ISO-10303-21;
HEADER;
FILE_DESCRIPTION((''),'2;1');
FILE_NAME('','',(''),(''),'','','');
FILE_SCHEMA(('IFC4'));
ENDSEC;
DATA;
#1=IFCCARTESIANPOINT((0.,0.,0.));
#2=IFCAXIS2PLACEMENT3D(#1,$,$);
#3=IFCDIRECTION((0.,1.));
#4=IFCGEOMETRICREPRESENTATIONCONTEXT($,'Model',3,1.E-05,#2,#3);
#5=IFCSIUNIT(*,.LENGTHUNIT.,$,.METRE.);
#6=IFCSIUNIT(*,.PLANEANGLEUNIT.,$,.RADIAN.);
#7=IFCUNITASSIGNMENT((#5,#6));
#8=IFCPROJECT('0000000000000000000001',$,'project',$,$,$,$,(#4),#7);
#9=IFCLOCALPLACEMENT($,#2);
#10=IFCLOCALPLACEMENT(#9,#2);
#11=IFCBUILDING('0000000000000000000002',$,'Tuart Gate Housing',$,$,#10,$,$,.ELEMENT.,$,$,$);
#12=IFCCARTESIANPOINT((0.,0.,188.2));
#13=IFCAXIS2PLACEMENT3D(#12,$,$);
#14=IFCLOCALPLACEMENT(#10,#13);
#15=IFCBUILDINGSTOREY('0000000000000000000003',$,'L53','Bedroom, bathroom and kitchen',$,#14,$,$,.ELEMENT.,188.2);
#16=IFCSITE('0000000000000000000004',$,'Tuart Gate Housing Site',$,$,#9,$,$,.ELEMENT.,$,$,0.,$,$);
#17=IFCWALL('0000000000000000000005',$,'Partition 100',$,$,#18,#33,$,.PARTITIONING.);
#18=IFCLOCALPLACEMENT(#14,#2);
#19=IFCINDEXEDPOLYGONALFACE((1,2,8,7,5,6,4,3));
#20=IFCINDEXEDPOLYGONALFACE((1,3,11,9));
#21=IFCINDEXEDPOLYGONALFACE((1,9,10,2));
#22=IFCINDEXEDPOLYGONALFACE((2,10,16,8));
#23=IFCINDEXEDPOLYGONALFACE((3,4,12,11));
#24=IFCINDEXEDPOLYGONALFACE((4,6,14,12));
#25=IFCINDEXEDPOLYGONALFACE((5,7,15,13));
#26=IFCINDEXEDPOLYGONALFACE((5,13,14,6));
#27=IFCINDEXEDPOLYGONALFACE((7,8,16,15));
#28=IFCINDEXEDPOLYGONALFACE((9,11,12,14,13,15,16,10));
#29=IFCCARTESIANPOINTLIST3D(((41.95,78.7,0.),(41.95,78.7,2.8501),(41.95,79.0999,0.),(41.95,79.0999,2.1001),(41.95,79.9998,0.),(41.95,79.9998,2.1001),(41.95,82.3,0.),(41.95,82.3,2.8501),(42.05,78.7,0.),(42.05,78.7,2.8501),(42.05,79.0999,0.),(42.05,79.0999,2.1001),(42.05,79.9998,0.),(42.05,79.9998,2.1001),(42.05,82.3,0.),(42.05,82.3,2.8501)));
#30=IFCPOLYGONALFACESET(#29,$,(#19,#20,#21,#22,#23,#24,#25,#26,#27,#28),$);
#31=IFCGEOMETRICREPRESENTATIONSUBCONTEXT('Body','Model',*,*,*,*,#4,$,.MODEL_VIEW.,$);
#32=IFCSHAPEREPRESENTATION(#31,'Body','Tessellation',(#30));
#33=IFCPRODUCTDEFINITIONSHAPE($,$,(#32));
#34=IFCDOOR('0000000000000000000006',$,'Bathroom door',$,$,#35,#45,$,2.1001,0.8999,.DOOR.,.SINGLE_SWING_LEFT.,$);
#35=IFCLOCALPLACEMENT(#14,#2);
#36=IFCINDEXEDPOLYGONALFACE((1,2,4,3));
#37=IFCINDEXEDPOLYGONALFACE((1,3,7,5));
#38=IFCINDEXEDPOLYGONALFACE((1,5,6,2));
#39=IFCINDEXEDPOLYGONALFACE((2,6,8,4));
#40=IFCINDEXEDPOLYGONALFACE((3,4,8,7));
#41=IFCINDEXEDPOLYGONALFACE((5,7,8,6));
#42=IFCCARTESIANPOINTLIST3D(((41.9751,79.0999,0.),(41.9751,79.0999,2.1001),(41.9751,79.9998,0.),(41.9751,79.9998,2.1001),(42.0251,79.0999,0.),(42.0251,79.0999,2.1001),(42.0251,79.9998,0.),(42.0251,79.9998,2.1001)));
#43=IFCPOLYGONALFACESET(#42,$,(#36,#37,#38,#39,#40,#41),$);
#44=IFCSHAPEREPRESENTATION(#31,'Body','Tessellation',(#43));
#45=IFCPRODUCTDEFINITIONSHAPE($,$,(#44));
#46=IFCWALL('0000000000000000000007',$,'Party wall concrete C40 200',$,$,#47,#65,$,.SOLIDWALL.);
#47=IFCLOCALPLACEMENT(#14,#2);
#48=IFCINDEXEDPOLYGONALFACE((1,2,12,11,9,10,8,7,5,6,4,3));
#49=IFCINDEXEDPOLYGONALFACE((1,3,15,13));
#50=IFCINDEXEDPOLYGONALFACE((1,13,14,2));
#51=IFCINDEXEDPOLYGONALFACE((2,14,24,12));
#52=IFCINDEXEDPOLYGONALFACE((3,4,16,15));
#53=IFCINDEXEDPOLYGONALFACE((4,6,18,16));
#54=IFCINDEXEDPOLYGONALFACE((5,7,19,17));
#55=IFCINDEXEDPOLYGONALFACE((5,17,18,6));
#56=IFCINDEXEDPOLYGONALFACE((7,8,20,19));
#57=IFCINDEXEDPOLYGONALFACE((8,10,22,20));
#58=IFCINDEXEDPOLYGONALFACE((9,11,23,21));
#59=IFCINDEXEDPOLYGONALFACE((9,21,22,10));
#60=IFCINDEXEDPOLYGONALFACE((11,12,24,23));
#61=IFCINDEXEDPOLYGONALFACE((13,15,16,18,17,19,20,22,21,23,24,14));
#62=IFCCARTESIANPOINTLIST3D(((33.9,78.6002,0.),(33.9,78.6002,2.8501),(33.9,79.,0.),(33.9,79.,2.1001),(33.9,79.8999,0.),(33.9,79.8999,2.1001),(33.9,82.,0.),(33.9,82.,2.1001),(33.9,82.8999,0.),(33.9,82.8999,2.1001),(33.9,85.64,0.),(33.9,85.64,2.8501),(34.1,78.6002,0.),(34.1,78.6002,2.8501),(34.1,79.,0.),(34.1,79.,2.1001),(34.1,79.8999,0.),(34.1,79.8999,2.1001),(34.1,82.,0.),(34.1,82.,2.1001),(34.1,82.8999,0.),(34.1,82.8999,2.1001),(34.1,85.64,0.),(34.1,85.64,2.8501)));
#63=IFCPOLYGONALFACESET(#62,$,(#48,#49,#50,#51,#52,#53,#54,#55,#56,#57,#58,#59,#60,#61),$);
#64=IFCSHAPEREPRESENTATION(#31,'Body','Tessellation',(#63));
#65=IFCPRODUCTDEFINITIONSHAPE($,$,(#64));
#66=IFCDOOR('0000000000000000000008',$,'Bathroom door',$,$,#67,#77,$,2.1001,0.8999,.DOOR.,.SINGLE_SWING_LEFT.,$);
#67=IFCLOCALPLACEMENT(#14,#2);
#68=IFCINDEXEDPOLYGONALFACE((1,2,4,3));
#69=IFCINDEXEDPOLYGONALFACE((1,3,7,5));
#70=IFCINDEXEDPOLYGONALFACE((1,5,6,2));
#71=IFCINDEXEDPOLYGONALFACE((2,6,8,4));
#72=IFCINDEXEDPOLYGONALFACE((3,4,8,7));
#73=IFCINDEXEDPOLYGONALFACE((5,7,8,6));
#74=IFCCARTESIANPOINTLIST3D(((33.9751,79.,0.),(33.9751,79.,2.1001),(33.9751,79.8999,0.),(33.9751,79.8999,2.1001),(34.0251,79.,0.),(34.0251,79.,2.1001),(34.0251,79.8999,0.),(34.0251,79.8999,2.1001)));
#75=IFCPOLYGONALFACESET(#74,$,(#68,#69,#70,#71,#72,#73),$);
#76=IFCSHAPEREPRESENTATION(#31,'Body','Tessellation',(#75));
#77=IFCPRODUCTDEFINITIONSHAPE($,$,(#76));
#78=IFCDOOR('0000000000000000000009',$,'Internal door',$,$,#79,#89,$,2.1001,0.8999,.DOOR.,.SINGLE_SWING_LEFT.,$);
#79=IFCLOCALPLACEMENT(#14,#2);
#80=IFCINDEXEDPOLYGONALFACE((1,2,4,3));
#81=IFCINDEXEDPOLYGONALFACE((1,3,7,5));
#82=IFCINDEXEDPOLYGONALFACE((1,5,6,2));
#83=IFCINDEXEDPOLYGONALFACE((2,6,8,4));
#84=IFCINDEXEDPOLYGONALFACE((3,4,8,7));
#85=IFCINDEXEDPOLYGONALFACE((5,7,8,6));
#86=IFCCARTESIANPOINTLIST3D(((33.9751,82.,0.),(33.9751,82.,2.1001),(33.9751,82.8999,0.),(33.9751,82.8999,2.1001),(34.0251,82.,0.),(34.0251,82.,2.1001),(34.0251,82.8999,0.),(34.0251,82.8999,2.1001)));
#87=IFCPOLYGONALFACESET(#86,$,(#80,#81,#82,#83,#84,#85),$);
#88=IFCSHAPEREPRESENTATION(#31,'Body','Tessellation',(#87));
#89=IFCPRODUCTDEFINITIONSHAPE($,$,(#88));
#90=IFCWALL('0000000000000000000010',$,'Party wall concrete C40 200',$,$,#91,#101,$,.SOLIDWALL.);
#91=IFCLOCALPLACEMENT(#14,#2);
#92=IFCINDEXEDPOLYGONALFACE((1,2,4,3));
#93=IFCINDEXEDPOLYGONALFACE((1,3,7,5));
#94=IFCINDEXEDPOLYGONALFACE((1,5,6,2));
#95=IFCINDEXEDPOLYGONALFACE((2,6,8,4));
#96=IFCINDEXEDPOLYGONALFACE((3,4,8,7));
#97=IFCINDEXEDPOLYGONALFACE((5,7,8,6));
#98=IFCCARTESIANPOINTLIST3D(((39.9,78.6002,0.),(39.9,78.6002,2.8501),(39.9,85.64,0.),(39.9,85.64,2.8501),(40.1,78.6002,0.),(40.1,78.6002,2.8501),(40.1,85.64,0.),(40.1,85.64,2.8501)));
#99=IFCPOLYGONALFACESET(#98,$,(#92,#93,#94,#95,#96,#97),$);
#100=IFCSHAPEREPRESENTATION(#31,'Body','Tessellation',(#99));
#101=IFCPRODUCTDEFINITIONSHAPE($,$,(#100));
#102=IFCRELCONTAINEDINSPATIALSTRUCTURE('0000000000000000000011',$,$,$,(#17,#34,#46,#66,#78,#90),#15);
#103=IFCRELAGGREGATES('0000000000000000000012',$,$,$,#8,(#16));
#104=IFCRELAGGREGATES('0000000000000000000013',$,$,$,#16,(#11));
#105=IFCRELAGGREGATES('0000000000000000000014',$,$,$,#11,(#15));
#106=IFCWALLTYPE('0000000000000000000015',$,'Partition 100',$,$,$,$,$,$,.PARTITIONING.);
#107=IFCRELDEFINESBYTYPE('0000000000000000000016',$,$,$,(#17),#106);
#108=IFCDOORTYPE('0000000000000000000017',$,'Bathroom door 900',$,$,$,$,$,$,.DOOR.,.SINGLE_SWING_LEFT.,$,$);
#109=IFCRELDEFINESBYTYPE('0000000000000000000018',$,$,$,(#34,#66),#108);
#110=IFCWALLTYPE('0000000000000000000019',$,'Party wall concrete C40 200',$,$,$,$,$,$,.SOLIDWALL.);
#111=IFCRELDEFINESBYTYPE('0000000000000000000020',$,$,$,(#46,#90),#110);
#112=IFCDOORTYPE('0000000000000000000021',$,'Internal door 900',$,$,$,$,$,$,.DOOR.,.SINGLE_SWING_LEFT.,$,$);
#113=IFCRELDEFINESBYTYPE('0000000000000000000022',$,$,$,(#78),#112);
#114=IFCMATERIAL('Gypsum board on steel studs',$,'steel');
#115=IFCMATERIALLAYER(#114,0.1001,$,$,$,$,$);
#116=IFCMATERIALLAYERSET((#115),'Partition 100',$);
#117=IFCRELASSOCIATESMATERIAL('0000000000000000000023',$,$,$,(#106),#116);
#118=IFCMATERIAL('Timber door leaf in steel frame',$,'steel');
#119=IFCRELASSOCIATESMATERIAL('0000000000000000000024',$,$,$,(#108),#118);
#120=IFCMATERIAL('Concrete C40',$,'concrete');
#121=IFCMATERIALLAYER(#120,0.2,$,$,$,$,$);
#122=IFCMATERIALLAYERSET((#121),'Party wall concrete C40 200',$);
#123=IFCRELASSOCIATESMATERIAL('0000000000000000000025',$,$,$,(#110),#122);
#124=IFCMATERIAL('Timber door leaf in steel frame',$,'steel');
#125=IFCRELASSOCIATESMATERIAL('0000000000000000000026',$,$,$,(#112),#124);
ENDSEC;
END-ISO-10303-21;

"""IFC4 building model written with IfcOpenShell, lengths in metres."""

from ifc_helpers import new_model, si_unit, direction, frame, frame_2d, origin, place, context, subcontext, project, spatial, rectangle, extrude, material, layer, layer_set, type_object, element, fill, save


model = new_model("IFC4")

# Units and contexts
model_context = context("Model", 3, precision=1e-05, world=origin(), true_north=direction((0.0, 1.0)))
body_context = subcontext(model_context, "Body", "Model", "MODEL_VIEW")
ifc_project = project(units=[si_unit("LENGTHUNIT", "METRE"), si_unit("PLANEANGLEUNIT", "RADIAN")], contexts=[model_context])

# Site, building, storey
site_placement = place(None, origin())
site = spatial("IfcSite", under=ifc_project, at=site_placement, Name="Tuart Gate Housing Site", CompositionType="ELEMENT", RefElevation=0.0)
building_placement = place(site_placement, origin())
building = spatial("IfcBuilding", under=site, at=building_placement, Name="Tuart Gate Housing", CompositionType="ELEMENT")
storey_placement = place(building_placement, frame((0.0, 0.0, 188.2)))
storey = spatial("IfcBuildingStorey", under=building, at=storey_placement, Name="L53", Description="Bedroom, bathroom and kitchen", CompositionType="ELEMENT", Elevation=188.2)

# Shared definitions
ifc_material_1 = material(Name="Gypsum board on steel studs", Category="steel")
ifc_layer_1 = layer(ifc_material_1, 0.1001)
ifc_layer_set_1 = layer_set([ifc_layer_1], Name="Partition 100")
wall_type_1 = type_object("IfcWallType", Name="Partition 100", PredefinedType="PARTITIONING", material=ifc_layer_set_1)

# Wall, opening, door
wall_1_placement = place(storey_placement, frame((42.0, 78.7, 0.0), z_axis=(0.0, 0.0, 1.0), x_axis=(0.0, 1.0, 0.0)))
wall_1 = element("IfcWall", 1, at=wall_1_placement, inside=storey, type_object=wall_type_1, Name="Partition 100", PredefinedType="PARTITIONING", context=body_context, shape_type="SweptSolid", body=[
    extrude(rectangle(XDim=3.6001, YDim=0.1001, at=frame_2d((1.8, 0.0))), origin(), (0.0, 0.0, 1.0), 2.8501),
])
opening_1_placement = place(wall_1_placement, frame((0.3999, 0.0, 0.0)))
opening_1 = element("IfcOpeningElement", 2, at=opening_1_placement, cuts=wall_1, PredefinedType="OPENING", context=body_context, shape_type="SweptSolid", body=[
    extrude(rectangle(XDim=0.8999, YDim=2.1001, at=frame_2d((0.45, 1.05))), frame((0.0, 0.0601, 0.0), z_axis=(0.0, -1.0, 0.0), x_axis=(1.0, 0.0, 0.0)), (0.0, 0.0, 1.0), 0.1201),
])
ifc_material_2 = material(Name="Timber door leaf in steel frame", Category="steel")
door_type_1 = type_object("IfcDoorType", Name="Bathroom door 900", OperationType="SINGLE_SWING_LEFT", PredefinedType="DOOR", material=ifc_material_2)
door_1_placement = place(opening_1_placement, origin())
door_1 = element("IfcDoor", 3, at=door_1_placement, inside=storey, type_object=door_type_1, Name="Bathroom door", OperationType="SINGLE_SWING_LEFT", OverallHeight=2.1001, OverallWidth=0.8999, PredefinedType="DOOR", context=body_context, shape_type="SweptSolid", body=[
    extrude(rectangle(XDim=0.8999, YDim=2.1001, at=frame_2d((0.45, 1.05))), frame((0.0, 0.0249, 0.0), z_axis=(0.0, -1.0, 0.0), x_axis=(1.0, 0.0, 0.0)), (0.0, 0.0, 1.0), 0.05),
])
fill(opening_1, door_1)

# Wall, openings, doors
ifc_material_3 = material(Name="Concrete C40", Category="concrete")
ifc_layer_2 = layer(ifc_material_3, 0.2)
ifc_layer_set_2 = layer_set([ifc_layer_2], Name="Party wall concrete C40 200")
wall_type_2 = type_object("IfcWallType", Name="Party wall concrete C40 200", PredefinedType="SOLIDWALL", material=ifc_layer_set_2)
wall_2_placement = place(storey_placement, frame((34.0, 78.6001, 0.0), z_axis=(0.0, 0.0, 1.0), x_axis=(0.0, 1.0, 0.0)))
wall_2 = element("IfcWall", 4, at=wall_2_placement, inside=storey, type_object=wall_type_2, Name="Party wall concrete C40 200", PredefinedType="SOLIDWALL", context=body_context, shape_type="SweptSolid", body=[
    extrude(rectangle(XDim=7.0398, YDim=0.2, at=frame_2d((3.52, 0.0))), origin(), (0.0, 0.0, 1.0), 2.8501),
])
opening_2_placement = place(wall_2_placement, frame((3.3999, 0.0, 0.0)))
opening_2 = element("IfcOpeningElement", 5, at=opening_2_placement, cuts=wall_2, PredefinedType="OPENING", context=body_context, shape_type="SweptSolid", body=[
    extrude(rectangle(XDim=0.8999, YDim=2.1001, at=frame_2d((0.45, 1.05))), frame((0.0, 0.1099, 0.0), z_axis=(0.0, -1.0, 0.0), x_axis=(1.0, 0.0, 0.0)), (0.0, 0.0, 1.0), 0.22),
])
opening_3_placement = place(wall_2_placement, frame((0.3999, 0.0, 0.0)))
opening_3 = element("IfcOpeningElement", 6, at=opening_3_placement, cuts=wall_2, PredefinedType="OPENING", context=body_context, shape_type="SweptSolid", body=[
    extrude(rectangle(XDim=0.8999, YDim=2.1001, at=frame_2d((0.45, 1.05))), frame((0.0, 0.1099, 0.0), z_axis=(0.0, -1.0, 0.0), x_axis=(1.0, 0.0, 0.0)), (0.0, 0.0, 1.0), 0.22),
])
door_2_placement = place(opening_3_placement, origin())
door_2 = element("IfcDoor", 7, at=door_2_placement, inside=storey, type_object=door_type_1, Name="Bathroom door", OperationType="SINGLE_SWING_LEFT", OverallHeight=2.1001, OverallWidth=0.8999, PredefinedType="DOOR", context=body_context, shape_type="SweptSolid", body=[
    extrude(rectangle(XDim=0.8999, YDim=2.1001, at=frame_2d((0.45, 1.05))), frame((0.0, 0.0249, 0.0), z_axis=(0.0, -1.0, 0.0), x_axis=(1.0, 0.0, 0.0)), (0.0, 0.0, 1.0), 0.05),
])
fill(opening_3, door_2)
ifc_material_4 = material(Name="Timber door leaf in steel frame", Category="steel")
door_type_2 = type_object("IfcDoorType", Name="Internal door 900", OperationType="SINGLE_SWING_LEFT", PredefinedType="DOOR", material=ifc_material_4)
door_3_placement = place(opening_2_placement, origin())
door_3 = element("IfcDoor", 8, at=door_3_placement, inside=storey, type_object=door_type_2, Name="Internal door", OperationType="SINGLE_SWING_LEFT", OverallHeight=2.1001, OverallWidth=0.8999, PredefinedType="DOOR", context=body_context, shape_type="SweptSolid", body=[
    extrude(rectangle(XDim=0.8999, YDim=2.1001, at=frame_2d((0.45, 1.05))), frame((0.0, 0.0249, 0.0), z_axis=(0.0, -1.0, 0.0), x_axis=(1.0, 0.0, 0.0)), (0.0, 0.0, 1.0), 0.05),
])
fill(opening_2, door_3)

# Wall
wall_3_placement = place(storey_placement, frame((40.0, 78.6001, 0.0), z_axis=(0.0, 0.0, 1.0), x_axis=(0.0, 1.0, 0.0)))
element("IfcWall", 9, at=wall_3_placement, inside=storey, type_object=wall_type_2, Name="Party wall concrete C40 200", PredefinedType="SOLIDWALL", context=body_context, shape_type="SweptSolid", body=[
    extrude(rectangle(XDim=7.0398, YDim=0.2, at=frame_2d((3.52, 0.0))), origin(), (0.0, 0.0, 1.0), 2.8501),
])

save(model, "model.ifc")
